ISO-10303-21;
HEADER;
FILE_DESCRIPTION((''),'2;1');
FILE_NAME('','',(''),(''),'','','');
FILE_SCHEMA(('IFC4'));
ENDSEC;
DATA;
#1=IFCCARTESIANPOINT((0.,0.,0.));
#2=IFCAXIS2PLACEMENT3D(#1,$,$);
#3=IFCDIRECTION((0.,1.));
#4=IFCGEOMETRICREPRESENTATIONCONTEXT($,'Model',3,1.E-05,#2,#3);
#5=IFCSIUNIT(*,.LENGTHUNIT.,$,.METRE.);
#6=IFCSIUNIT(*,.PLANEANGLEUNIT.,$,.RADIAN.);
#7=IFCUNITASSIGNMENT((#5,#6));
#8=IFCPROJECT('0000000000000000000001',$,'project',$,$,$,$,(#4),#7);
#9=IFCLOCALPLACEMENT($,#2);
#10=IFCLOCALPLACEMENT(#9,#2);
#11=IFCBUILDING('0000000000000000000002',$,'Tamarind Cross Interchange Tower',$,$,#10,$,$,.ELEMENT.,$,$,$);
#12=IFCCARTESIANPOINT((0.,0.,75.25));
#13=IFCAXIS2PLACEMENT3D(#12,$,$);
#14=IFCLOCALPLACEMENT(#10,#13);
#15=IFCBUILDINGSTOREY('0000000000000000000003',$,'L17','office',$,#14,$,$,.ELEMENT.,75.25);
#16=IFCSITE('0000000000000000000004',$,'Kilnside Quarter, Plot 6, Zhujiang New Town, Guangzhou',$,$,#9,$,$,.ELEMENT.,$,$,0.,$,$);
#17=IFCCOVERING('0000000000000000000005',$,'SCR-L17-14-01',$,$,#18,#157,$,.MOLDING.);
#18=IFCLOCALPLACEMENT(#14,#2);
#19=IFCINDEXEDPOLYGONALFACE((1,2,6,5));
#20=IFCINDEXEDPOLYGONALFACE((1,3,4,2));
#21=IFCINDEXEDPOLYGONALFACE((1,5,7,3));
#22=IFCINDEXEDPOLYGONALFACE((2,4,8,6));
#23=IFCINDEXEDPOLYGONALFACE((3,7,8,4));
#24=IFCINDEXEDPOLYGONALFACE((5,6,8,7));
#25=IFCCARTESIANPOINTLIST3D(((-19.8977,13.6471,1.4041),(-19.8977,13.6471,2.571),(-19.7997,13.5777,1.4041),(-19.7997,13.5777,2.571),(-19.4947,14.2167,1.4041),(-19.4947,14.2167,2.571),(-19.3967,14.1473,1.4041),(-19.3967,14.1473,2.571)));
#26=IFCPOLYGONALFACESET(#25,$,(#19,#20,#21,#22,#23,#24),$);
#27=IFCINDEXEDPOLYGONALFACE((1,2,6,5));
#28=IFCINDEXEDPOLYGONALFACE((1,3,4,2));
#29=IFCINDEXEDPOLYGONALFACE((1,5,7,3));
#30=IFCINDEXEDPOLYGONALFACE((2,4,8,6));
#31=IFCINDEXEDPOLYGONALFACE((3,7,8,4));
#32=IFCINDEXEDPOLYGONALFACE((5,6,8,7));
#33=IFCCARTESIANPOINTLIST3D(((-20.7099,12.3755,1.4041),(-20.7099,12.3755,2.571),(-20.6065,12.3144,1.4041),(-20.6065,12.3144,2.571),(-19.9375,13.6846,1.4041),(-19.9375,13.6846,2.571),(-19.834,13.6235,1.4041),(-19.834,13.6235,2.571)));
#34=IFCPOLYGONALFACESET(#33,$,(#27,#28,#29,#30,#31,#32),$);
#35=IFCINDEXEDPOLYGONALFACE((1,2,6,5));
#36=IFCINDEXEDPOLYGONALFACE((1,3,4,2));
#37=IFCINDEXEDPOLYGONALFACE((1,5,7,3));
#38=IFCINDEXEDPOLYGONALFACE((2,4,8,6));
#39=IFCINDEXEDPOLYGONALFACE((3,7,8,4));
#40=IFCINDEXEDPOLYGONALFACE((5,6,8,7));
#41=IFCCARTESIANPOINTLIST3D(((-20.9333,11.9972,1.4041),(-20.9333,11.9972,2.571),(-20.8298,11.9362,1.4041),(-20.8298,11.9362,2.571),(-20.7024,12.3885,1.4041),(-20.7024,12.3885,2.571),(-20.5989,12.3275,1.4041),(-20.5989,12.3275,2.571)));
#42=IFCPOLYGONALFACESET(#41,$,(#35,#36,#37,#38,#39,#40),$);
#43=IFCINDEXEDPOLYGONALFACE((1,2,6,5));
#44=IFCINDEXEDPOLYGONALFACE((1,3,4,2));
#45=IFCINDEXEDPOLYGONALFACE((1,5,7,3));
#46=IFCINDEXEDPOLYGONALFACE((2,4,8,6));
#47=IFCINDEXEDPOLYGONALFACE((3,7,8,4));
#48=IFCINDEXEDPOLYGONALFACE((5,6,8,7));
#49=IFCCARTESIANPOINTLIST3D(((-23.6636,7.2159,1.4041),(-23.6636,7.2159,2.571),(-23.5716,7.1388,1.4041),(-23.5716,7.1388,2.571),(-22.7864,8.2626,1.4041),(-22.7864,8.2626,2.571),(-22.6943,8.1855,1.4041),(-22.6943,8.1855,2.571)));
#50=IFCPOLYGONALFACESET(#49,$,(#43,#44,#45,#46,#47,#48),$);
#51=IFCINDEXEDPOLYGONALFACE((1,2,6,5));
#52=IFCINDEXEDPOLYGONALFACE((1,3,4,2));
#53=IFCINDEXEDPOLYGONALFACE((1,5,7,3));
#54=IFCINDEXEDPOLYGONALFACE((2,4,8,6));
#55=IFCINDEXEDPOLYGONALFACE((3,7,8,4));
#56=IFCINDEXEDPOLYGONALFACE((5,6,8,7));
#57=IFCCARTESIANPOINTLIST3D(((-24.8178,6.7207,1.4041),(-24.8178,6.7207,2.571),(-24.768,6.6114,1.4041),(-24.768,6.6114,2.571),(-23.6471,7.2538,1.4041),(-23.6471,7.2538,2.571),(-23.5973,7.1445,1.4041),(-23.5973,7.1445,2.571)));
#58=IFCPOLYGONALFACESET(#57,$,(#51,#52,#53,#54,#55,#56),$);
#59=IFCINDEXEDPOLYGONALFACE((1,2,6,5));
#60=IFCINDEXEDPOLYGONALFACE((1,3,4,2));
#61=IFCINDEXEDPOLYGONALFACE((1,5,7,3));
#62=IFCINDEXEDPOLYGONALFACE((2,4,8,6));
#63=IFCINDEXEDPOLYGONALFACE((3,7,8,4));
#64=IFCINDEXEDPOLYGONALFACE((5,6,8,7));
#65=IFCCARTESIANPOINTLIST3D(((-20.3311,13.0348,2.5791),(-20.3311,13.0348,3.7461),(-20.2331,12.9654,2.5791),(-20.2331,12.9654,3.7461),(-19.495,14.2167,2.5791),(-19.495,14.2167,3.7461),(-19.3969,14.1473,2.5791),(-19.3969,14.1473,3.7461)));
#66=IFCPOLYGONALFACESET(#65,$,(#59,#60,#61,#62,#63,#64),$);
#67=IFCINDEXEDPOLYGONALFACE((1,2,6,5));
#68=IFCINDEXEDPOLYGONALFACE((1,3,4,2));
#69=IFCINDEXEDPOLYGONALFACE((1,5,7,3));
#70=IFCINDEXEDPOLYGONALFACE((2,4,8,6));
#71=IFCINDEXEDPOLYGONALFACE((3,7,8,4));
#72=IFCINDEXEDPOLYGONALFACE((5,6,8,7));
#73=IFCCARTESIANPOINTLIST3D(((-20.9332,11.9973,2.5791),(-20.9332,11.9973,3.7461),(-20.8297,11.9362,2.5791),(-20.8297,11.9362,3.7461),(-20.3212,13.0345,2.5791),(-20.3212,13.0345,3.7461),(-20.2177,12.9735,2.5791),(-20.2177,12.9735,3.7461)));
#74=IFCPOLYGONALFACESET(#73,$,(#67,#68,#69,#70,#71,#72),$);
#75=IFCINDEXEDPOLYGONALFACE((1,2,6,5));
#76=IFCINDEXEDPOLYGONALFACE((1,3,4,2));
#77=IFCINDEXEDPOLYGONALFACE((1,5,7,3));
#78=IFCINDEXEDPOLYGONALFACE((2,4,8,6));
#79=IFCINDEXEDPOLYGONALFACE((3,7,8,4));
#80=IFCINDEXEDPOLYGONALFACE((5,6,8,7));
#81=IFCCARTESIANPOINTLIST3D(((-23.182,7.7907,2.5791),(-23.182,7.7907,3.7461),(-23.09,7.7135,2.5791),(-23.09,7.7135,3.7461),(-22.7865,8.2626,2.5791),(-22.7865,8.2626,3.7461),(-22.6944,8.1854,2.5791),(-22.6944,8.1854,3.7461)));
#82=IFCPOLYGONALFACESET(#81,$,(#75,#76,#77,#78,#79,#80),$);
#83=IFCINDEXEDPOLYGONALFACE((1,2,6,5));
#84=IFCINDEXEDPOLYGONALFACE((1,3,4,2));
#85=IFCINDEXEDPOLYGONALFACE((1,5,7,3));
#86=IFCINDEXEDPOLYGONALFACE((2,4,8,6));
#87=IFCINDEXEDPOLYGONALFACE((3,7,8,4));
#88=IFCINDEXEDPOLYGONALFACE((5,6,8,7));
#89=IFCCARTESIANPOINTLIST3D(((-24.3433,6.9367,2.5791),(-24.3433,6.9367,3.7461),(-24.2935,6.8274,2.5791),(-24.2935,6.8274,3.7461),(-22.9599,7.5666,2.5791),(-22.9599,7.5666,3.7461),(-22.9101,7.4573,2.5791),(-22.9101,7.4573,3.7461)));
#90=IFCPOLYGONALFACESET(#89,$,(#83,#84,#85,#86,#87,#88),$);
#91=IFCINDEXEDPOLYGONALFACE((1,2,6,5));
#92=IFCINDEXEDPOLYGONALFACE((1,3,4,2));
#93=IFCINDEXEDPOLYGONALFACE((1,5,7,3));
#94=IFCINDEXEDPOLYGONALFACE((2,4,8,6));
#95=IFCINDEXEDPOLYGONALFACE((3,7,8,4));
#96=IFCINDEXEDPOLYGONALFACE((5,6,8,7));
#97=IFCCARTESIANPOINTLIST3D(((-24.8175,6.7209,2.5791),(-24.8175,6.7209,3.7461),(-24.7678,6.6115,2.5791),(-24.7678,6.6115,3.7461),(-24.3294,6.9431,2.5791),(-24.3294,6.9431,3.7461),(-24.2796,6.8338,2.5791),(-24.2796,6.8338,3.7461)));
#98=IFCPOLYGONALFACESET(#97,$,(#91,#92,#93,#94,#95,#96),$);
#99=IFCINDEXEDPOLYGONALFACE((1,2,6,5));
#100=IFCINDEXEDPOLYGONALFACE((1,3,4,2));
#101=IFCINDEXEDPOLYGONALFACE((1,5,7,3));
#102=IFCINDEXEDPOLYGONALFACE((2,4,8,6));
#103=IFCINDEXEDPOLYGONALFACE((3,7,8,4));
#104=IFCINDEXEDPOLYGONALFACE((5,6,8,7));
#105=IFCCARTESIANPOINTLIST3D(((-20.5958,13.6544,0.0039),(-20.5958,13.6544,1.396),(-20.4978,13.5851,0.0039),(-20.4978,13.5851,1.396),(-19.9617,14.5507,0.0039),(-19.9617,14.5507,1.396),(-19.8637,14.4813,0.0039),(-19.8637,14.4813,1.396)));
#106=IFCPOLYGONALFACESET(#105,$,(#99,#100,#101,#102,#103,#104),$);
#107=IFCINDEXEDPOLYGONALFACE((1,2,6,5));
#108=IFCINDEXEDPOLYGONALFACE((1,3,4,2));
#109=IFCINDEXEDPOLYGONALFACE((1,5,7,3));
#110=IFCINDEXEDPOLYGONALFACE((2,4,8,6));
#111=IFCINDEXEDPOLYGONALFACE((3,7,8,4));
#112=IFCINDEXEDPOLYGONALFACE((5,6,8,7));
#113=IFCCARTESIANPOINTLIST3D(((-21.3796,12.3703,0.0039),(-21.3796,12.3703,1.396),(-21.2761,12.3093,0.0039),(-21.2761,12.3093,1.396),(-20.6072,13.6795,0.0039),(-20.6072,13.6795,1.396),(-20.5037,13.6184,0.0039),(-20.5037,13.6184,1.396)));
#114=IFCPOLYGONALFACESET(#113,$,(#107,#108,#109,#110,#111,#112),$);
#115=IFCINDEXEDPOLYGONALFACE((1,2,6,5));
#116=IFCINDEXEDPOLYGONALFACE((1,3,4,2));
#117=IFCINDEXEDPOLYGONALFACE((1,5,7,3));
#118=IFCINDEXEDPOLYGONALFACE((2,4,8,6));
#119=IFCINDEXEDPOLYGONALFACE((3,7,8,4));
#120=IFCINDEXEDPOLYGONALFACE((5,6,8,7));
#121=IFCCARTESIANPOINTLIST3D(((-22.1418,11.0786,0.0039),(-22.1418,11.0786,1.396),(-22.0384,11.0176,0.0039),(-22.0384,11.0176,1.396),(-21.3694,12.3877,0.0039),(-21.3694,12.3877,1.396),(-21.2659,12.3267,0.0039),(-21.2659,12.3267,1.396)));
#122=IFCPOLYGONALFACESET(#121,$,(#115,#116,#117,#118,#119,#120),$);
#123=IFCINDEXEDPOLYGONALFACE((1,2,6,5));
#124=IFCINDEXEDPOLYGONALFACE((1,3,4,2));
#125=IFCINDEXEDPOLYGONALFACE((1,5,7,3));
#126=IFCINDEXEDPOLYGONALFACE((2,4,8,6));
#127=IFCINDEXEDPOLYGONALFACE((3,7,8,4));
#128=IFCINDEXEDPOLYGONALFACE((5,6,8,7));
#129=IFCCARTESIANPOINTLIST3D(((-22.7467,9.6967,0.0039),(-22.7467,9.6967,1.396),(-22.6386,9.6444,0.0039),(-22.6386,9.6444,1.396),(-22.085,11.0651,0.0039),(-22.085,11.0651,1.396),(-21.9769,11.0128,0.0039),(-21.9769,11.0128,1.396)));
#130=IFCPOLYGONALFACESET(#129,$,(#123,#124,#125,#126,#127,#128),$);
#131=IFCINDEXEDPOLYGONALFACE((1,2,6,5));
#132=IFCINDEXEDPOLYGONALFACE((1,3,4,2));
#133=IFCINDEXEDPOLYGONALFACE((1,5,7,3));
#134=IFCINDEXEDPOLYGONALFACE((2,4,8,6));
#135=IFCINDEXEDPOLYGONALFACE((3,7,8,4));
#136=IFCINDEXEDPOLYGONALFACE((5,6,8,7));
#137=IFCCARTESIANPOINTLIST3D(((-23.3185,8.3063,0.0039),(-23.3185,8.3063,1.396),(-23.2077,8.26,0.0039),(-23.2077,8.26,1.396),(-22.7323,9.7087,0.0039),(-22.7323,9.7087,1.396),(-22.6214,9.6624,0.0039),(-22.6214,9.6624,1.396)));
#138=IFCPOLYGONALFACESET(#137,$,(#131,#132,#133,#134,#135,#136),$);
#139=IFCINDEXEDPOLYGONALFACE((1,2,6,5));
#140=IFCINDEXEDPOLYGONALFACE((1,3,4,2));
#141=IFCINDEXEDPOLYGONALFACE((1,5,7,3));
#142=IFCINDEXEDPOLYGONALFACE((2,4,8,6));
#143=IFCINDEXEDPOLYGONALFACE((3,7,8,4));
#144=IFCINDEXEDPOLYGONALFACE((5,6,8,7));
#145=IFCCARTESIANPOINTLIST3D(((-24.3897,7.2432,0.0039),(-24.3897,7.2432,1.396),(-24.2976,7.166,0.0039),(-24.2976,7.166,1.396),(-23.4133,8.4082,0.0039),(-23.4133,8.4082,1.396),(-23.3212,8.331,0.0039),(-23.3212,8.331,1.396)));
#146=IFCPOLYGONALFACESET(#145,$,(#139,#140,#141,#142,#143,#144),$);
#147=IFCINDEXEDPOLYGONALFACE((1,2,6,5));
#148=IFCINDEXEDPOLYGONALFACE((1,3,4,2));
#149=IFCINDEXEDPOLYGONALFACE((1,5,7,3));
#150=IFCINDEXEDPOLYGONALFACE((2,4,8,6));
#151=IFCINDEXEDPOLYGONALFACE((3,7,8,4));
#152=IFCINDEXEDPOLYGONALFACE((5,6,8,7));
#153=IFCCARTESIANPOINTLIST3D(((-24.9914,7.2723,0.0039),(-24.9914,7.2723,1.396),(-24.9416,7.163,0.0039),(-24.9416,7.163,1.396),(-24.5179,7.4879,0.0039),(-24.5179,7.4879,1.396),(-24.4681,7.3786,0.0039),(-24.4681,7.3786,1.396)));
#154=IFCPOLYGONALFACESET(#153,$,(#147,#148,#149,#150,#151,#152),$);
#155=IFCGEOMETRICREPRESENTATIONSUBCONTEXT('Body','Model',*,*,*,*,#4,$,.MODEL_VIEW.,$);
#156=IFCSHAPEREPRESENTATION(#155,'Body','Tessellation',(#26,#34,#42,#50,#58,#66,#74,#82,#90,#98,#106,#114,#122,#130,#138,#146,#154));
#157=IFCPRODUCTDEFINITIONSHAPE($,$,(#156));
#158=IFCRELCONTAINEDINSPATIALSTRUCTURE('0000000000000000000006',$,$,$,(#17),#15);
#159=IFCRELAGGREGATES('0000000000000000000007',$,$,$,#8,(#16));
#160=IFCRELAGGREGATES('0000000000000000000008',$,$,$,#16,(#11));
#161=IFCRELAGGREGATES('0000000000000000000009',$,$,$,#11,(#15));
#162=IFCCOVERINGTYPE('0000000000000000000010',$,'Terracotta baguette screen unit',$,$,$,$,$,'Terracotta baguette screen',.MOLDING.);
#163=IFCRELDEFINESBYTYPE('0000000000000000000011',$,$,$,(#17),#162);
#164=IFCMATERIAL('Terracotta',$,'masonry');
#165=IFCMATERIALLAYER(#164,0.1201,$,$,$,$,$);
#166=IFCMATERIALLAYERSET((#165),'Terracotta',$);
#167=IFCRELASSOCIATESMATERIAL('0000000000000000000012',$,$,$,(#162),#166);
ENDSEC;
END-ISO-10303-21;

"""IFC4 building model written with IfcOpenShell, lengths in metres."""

from ifc_helpers import new_model, si_unit, direction, frame, origin, origin_2d, place, context, subcontext, project, spatial, rectangle, extrude, material, layer, layer_set, type_object, element, save


model = new_model("IFC4")

# Units and contexts
model_context = context("Model", 3, precision=1e-05, world=origin(), true_north=direction((0.0, 1.0)))
body_context = subcontext(model_context, "Body", "Model", "MODEL_VIEW")
ifc_project = project(units=[si_unit("LENGTHUNIT", "METRE"), si_unit("PLANEANGLEUNIT", "RADIAN")], contexts=[model_context])

# Site, building, storey
site_placement = place(None, origin())
site = spatial("IfcSite", under=ifc_project, at=site_placement, Name="Kilnside Quarter, Plot 6, Zhujiang New Town, Guangzhou", CompositionType="ELEMENT", RefElevation=0.0)
building_placement = place(site_placement, origin())
building = spatial("IfcBuilding", under=site, at=building_placement, Name="Tamarind Cross Interchange Tower", CompositionType="ELEMENT")
storey_placement = place(building_placement, frame((0.0, 0.0, 75.25)))
storey = spatial("IfcBuildingStorey", under=building, at=storey_placement, Name="L17", Description="office", CompositionType="ELEMENT", Elevation=75.25)

# Covering
ifc_material_1 = material(Name="Terracotta", Category="masonry")
ifc_layer_1 = layer(ifc_material_1, 0.1201)
ifc_layer_set_1 = layer_set([ifc_layer_1], Name="Terracotta")
covering_type = type_object("IfcCoveringType", Name="Terracotta baguette screen unit", ElementType="Terracotta baguette screen", PredefinedType="MOLDING", material=ifc_layer_set_1)
covering_1_placement = place(storey_placement, origin())
element("IfcCovering", 1, at=covering_1_placement, inside=storey, type_object=covering_type, Name="SCR-L17-14-01", PredefinedType="MOLDING", context=body_context, shape_type="SweptSolid", body=[
    extrude(rectangle(XDim=0.6978, YDim=0.1201, at=origin_2d()), frame((-19.6472, 13.8972, 1.4041), z_axis=(0.0, 0.0, 1.0), x_axis=(-0.577569, -0.816342, 0.0)), (0.0, 0.0, 1.0), 1.167),
    extrude(rectangle(XDim=1.52, YDim=0.1201, at=origin_2d()), frame((-20.272, 12.9995, 1.4041), z_axis=(0.0, 0.0, 1.0), x_axis=(-0.508183, -0.861249, 0.0)), (0.0, 0.0, 1.0), 1.167),
    extrude(rectangle(XDim=0.4543, YDim=0.1201, at=origin_2d()), frame((-20.7661, 12.1624, 1.4041), z_axis=(0.0, 0.0, 1.0), x_axis=(-0.508183, -0.861249, 0.0)), (0.0, 0.0, 1.0), 1.167),
    extrude(rectangle(XDim=1.3657, YDim=0.1201, at=origin_2d()), frame((-23.179, 7.7007, 1.4041), z_axis=(0.0, 0.0, 1.0), x_axis=(-0.642348, -0.766413, 0.0)), (0.0, 0.0, 1.0), 1.167),
    extrude(rectangle(XDim=1.2864, YDim=0.1201, at=origin_2d()), frame((-24.2075, 6.9326, 1.4041), z_axis=(0.0, 0.0, 1.0), x_axis=(-0.910082, -0.414428, 0.0)), (0.0, 0.0, 1.0), 1.167),
    extrude(rectangle(XDim=1.4478, YDim=0.1201, at=origin_2d()), frame((-19.864, 13.5911, 2.5791), z_axis=(0.0, 0.0, 1.0), x_axis=(-0.577569, -0.816342, 0.0)), (0.0, 0.0, 1.0), 1.167),
    extrude(rectangle(XDim=1.2043, YDim=0.1201, at=origin_2d()), frame((-20.5754, 12.4854, 2.5791), z_axis=(0.0, 0.0, 1.0), x_axis=(-0.508183, -0.861249, 0.0)), (0.0, 0.0, 1.0), 1.167),
    extrude(rectangle(XDim=0.6157, YDim=0.1201, at=origin_2d()), frame((-22.9382, 7.988, 2.5791), z_axis=(0.0, 0.0, 1.0), x_axis=(-0.642348, -0.766413, 0.0)), (0.0, 0.0, 1.0), 1.167),
    extrude(rectangle(XDim=1.52, YDim=0.1201, at=origin_2d()), frame((-23.6267, 7.197, 2.5791), z_axis=(0.0, 0.0, 1.0), x_axis=(-0.910082, -0.414428, 0.0)), (0.0, 0.0, 1.0), 1.167),
    extrude(rectangle(XDim=0.5364, YDim=0.1201, at=origin_2d()), frame((-24.5486, 6.7773, 2.5791), z_axis=(0.0, 0.0, 1.0), x_axis=(-0.910082, -0.414428, 0.0)), (0.0, 0.0, 1.0), 1.167),
    extrude(rectangle(XDim=1.0979, YDim=0.1201, at=origin_2d()), frame((-20.2297, 14.0679, 0.0039), z_axis=(0.0, 0.0, 1.0), x_axis=(-0.577569, -0.816342, 0.0)), (0.0, 0.0, 1.0), 1.3921),
    extrude(rectangle(XDim=1.52, YDim=0.1201, at=origin_2d()), frame((-20.9417, 12.9944, 0.0039), z_axis=(0.0, 0.0, 1.0), x_axis=(-0.508183, -0.861249, 0.0)), (0.0, 0.0, 1.0), 1.3921),
    extrude(rectangle(XDim=1.52, YDim=0.1201, at=origin_2d()), frame((-21.7039, 11.7026, 0.0039), z_axis=(0.0, 0.0, 1.0), x_axis=(-0.508183, -0.861249, 0.0)), (0.0, 0.0, 1.0), 1.3921),
    extrude(rectangle(XDim=1.52, YDim=0.1201, at=origin_2d()), frame((-22.3618, 10.3547, 0.0039), z_axis=(0.0, 0.0, 1.0), x_axis=(-0.435326, -0.900273, 0.0)), (0.0, 0.0, 1.0), 1.3921),
    extrude(rectangle(XDim=1.52, YDim=0.1201, at=origin_2d()), frame((-22.97, 8.9844, 0.0039), z_axis=(0.0, 0.0, 1.0), x_axis=(-0.385694, -0.922627, 0.0)), (0.0, 0.0, 1.0), 1.3921),
    extrude(rectangle(XDim=1.52, YDim=0.1201, at=origin_2d()), frame((-23.8555, 7.7871, 0.0039), z_axis=(0.0, 0.0, 1.0), x_axis=(-0.642348, -0.766413, 0.0)), (0.0, 0.0, 1.0), 1.3921),
    extrude(rectangle(XDim=0.5203, YDim=0.1201, at=origin_2d()), frame((-24.7297, 7.3254, 0.0039), z_axis=(0.0, 0.0, 1.0), x_axis=(-0.910082, -0.414428, 0.0)), (0.0, 0.0, 1.0), 1.3921),
])

save(model, "model.ifc")
